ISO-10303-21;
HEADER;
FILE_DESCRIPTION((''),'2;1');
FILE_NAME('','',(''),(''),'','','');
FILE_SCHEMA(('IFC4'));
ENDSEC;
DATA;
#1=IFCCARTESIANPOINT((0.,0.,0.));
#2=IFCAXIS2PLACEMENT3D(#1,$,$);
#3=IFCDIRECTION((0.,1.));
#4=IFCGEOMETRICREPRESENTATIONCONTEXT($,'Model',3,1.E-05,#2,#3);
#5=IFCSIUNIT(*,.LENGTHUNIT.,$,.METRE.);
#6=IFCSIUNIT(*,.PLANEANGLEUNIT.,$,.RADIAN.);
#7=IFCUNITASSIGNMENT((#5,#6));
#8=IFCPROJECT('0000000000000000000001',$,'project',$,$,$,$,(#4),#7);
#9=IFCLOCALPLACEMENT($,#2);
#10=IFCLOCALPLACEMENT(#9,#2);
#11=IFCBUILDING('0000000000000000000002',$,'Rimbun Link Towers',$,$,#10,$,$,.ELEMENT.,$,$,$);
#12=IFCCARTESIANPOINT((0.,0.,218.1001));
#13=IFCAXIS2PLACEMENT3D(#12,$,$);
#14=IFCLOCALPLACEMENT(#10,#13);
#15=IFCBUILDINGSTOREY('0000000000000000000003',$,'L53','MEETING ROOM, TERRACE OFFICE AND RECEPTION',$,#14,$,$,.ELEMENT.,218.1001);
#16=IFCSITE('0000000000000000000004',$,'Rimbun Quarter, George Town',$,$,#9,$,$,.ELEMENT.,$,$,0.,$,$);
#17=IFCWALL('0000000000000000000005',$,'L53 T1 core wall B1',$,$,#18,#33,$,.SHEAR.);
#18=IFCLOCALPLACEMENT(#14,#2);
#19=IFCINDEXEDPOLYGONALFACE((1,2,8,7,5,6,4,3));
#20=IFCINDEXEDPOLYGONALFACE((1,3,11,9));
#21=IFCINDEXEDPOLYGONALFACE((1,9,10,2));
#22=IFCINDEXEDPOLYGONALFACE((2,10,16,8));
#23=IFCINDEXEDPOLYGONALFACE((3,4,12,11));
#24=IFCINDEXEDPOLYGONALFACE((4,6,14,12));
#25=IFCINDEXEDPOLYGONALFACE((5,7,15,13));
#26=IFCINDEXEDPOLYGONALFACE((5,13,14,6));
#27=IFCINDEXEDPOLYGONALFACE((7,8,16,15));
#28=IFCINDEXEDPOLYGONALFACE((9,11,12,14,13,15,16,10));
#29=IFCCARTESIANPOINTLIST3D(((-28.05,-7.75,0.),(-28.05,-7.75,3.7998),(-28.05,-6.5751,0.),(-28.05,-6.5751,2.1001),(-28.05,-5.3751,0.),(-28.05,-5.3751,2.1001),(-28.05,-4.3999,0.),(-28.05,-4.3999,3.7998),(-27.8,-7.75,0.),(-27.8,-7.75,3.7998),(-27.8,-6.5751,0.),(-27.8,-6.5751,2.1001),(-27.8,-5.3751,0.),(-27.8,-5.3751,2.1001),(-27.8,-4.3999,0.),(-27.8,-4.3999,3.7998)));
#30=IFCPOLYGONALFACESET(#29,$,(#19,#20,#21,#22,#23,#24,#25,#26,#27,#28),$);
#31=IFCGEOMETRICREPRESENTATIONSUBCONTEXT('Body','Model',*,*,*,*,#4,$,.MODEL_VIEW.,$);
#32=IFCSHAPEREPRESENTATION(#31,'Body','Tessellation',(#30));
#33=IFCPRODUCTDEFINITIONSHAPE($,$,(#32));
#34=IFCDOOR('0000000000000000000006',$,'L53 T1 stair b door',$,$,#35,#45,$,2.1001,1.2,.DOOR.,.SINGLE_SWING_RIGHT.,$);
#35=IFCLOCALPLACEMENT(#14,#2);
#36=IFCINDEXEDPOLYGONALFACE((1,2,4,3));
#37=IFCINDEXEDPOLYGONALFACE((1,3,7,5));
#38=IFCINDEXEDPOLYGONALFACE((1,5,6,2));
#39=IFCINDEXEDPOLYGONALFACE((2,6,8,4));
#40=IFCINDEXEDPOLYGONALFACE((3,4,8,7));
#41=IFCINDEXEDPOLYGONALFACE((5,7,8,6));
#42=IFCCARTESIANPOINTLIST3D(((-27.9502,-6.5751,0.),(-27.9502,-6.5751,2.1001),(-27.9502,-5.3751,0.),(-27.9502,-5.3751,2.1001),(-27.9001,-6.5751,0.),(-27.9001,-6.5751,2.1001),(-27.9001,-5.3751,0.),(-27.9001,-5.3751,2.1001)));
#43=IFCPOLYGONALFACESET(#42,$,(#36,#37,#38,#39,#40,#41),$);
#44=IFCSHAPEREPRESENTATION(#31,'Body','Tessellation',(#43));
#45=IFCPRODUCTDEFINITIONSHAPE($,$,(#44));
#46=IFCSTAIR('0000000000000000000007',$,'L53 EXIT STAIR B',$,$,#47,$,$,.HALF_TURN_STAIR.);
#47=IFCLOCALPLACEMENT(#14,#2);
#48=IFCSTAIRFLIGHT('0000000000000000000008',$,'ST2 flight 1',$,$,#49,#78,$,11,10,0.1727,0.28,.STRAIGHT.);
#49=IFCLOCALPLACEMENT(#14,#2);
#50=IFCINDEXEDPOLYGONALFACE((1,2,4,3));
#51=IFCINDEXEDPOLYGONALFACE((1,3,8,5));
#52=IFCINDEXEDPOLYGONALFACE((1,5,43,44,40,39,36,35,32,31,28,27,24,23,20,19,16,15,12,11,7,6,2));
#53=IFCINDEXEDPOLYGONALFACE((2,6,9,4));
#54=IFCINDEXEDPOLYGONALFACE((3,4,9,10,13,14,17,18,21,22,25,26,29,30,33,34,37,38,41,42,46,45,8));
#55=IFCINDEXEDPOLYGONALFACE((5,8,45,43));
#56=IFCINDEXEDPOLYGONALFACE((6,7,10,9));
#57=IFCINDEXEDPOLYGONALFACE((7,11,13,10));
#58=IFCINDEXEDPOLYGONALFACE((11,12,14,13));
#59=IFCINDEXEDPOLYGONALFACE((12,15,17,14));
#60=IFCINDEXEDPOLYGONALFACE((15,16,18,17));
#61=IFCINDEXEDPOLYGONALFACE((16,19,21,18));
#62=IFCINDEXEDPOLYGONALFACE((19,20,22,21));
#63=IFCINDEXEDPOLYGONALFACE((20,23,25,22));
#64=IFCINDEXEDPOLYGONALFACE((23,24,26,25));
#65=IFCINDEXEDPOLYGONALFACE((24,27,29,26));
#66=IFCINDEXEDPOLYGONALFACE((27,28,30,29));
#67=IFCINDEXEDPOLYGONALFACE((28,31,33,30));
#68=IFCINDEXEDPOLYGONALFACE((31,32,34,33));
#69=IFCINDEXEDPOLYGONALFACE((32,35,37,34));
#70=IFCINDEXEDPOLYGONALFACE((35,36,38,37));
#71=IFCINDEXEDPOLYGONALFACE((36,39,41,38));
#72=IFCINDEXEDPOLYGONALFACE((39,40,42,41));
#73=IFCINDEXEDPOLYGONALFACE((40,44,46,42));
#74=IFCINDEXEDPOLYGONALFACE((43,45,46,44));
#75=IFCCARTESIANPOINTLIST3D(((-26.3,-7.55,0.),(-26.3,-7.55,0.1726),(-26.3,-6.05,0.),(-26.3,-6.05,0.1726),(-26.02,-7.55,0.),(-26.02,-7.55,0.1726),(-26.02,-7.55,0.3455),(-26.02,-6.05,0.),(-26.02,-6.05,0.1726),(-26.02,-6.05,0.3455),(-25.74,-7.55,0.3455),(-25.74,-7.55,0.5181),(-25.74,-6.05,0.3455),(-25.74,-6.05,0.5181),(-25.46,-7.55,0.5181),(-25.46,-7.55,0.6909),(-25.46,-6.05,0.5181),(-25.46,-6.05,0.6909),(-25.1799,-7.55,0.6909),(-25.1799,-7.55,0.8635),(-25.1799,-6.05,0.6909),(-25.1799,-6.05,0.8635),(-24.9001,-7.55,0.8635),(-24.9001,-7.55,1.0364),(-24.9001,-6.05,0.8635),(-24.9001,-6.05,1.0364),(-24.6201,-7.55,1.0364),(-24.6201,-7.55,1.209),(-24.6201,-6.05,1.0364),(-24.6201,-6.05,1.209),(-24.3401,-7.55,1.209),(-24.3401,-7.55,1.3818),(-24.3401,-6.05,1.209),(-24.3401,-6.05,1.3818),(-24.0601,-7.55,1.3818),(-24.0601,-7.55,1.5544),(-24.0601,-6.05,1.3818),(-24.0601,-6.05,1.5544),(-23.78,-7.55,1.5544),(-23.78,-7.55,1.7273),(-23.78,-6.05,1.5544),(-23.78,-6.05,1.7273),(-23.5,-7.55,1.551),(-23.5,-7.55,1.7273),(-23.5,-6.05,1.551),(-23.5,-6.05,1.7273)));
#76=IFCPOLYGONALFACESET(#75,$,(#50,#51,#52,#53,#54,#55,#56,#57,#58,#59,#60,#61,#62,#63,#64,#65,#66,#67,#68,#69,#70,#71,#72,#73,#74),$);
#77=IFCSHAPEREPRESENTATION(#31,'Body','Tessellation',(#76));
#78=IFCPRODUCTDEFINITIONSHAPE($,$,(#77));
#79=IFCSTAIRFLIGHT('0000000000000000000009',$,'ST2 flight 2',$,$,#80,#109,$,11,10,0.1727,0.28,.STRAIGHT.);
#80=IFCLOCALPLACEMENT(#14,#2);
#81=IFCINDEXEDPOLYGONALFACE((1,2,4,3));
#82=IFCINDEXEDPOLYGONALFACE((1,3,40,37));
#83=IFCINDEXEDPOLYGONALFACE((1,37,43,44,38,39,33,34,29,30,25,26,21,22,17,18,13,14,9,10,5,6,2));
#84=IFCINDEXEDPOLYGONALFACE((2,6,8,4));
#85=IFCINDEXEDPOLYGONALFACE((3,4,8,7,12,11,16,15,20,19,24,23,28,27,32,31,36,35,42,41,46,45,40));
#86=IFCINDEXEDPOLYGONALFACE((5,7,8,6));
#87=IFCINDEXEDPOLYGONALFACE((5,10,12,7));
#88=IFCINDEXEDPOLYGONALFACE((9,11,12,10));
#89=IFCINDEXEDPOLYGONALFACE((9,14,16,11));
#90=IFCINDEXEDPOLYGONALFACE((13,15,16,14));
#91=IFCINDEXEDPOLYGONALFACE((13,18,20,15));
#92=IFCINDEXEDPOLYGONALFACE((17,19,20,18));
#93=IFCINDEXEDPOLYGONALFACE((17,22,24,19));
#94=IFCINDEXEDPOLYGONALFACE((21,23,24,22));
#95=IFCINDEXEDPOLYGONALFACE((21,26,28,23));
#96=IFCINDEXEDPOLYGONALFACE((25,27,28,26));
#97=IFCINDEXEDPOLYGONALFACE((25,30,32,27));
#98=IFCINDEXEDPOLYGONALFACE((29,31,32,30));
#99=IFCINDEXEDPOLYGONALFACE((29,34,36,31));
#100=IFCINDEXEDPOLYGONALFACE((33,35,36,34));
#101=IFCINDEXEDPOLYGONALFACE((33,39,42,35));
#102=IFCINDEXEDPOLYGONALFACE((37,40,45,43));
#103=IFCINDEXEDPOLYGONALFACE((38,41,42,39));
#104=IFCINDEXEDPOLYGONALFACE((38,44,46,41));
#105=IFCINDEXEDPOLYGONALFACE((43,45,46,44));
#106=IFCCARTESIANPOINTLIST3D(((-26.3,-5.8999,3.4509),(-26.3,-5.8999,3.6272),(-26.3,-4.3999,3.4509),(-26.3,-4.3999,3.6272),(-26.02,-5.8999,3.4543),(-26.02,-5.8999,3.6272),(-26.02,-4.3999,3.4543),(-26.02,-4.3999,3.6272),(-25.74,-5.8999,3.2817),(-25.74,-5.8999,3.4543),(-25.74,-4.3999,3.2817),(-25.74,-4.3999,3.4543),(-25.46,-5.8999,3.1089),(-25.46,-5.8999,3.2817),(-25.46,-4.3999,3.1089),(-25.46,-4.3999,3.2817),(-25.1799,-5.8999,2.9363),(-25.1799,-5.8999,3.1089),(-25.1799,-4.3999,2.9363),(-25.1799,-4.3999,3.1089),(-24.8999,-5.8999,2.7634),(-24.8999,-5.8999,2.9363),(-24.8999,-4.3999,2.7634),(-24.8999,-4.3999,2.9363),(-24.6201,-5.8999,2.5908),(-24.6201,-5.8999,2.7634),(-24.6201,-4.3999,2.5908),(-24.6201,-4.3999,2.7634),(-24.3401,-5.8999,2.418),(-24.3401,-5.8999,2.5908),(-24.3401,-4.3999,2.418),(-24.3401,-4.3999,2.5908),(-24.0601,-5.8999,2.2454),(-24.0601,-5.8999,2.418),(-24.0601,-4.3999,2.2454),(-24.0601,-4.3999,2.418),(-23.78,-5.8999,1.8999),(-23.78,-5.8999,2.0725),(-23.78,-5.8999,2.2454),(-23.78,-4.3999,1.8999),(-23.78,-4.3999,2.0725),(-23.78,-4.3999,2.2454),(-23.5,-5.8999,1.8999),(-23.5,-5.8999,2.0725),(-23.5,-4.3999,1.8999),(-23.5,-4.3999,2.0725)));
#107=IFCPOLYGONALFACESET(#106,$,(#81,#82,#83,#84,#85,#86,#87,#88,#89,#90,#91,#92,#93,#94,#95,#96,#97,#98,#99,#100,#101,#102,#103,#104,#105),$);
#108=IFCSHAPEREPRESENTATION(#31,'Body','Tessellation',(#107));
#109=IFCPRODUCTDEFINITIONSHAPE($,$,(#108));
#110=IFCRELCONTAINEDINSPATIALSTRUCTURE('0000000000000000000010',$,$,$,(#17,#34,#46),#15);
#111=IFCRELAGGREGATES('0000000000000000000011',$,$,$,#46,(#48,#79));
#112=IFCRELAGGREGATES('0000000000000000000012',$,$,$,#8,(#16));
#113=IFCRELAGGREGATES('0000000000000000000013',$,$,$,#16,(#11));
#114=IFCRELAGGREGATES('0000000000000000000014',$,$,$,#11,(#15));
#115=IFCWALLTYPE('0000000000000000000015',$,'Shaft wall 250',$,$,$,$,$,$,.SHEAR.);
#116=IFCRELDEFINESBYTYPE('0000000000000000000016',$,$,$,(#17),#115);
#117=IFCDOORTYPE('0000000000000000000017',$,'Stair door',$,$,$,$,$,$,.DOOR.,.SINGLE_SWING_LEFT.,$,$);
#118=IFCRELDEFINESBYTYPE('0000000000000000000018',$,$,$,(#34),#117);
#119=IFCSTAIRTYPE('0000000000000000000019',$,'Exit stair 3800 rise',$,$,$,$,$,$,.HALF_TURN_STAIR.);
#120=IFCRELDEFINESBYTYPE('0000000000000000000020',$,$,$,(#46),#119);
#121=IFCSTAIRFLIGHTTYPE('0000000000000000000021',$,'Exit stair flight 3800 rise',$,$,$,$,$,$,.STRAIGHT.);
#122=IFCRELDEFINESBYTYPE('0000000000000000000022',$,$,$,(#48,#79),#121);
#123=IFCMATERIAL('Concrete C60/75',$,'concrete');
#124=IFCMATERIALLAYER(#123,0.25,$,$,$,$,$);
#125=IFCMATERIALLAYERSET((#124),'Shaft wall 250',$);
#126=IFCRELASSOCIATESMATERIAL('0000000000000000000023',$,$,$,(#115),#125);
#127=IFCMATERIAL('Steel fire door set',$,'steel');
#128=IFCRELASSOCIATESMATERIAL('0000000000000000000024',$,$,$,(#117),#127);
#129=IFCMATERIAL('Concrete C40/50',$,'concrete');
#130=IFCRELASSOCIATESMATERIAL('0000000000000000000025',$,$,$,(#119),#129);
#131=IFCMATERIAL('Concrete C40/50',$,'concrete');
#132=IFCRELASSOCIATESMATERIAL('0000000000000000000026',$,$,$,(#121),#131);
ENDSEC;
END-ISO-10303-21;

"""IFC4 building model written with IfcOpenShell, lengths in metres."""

from ifc_helpers import new_model, si_unit, direction, frame, frame_2d, origin, place, context, subcontext, project, spatial, polyline, rectangle, outline, extrude, material, layer, layer_set, type_object, element, fill, aggregate, save


model = new_model("IFC4")

# Units and contexts
model_context = context("Model", 3, precision=1e-05, world=origin(), true_north=direction((0.0, 1.0)))
body_context = subcontext(model_context, "Body", "Model", "MODEL_VIEW")
ifc_project = project(units=[si_unit("LENGTHUNIT", "METRE"), si_unit("PLANEANGLEUNIT", "RADIAN")], contexts=[model_context])

# Site, building, storey
site_placement = place(None, origin())
site = spatial("IfcSite", under=ifc_project, at=site_placement, Name="Rimbun Quarter, George Town", CompositionType="ELEMENT", RefElevation=0.0)
building_placement = place(site_placement, origin())
building = spatial("IfcBuilding", under=site, at=building_placement, Name="Rimbun Link Towers", CompositionType="ELEMENT")
storey_placement = place(building_placement, frame((0.0, 0.0, 218.1001)))
storey = spatial("IfcBuildingStorey", under=building, at=storey_placement, Name="L53", Description="MEETING ROOM, TERRACE OFFICE AND RECEPTION", CompositionType="ELEMENT", Elevation=218.1001)

# Shared definitions
ifc_material_1 = material(Name="Concrete C60/75", Category="concrete")
ifc_layer_1 = layer(ifc_material_1, 0.25)
ifc_layer_set_1 = layer_set([ifc_layer_1], Name="Shaft wall 250")
wall_type_1 = type_object("IfcWallType", Name="Shaft wall 250", PredefinedType="SHEAR", material=ifc_layer_set_1)

# Wall, opening, door
wall_1_placement = place(storey_placement, frame((-27.925, -4.3999, 0.0), z_axis=(0.0, 0.0, 1.0), x_axis=(0.0, -1.0, 0.0)))
wall_1 = element("IfcWall", 1, at=wall_1_placement, inside=storey, type_object=wall_type_1, Name="L53 T1 core wall B1", PredefinedType="SHEAR", context=body_context, shape_type="SweptSolid", body=[
    extrude(rectangle(XDim=3.3501, YDim=0.25, at=frame_2d((1.675, 0.0))), origin(), (0.0, 0.0, 1.0), 3.7998),
])
opening_1_placement = place(wall_1_placement, frame((0.9751, 0.0, 0.0)))
opening_1 = element("IfcOpeningElement", 2, at=opening_1_placement, cuts=wall_1, PredefinedType="OPENING", context=body_context, shape_type="SweptSolid", body=[
    extrude(rectangle(XDim=1.2, YDim=2.1001, at=frame_2d((0.6001, 1.05))), frame((0.0, 0.135, 0.0), z_axis=(0.0, -1.0, 0.0), x_axis=(1.0, 0.0, 0.0)), (0.0, 0.0, 1.0), 0.27),
])
ifc_material_2 = material(Name="Steel fire door set", Category="steel")
door_type_1 = type_object("IfcDoorType", Name="Stair door", OperationType="SINGLE_SWING_LEFT", PredefinedType="DOOR", material=ifc_material_2)
door_1_placement = place(opening_1_placement, origin())
door_1 = element("IfcDoor", 3, at=door_1_placement, inside=storey, type_object=door_type_1, Name="L53 T1 stair b door", OperationType="SINGLE_SWING_RIGHT", OverallHeight=2.1001, OverallWidth=1.2, PredefinedType="DOOR", context=body_context, shape_type="SweptSolid", body=[
    extrude(rectangle(XDim=1.2, YDim=2.1001, at=frame_2d((0.6001, 1.05))), frame((0.0, 0.0249, 0.0), z_axis=(0.0, -1.0, 0.0), x_axis=(1.0, 0.0, 0.0)), (0.0, 0.0, 1.0), 0.05),
])
fill(opening_1, door_1)

# Stair, stair flights
ifc_material_3 = material(Name="Concrete C40/50", Category="concrete")
stair_type = type_object("IfcStairType", Name="Exit stair 3800 rise", PredefinedType="HALF_TURN_STAIR", material=ifc_material_3)
stair_placement = place(storey_placement, origin())
stair = element("IfcStair", 4, at=stair_placement, inside=storey, type_object=stair_type, Name="L53 EXIT STAIR B", PredefinedType="HALF_TURN_STAIR")
ifc_material_4 = material(Name="Concrete C40/50", Category="concrete")
stair_flight_type = type_object("IfcStairFlightType", Name="Exit stair flight 3800 rise", PredefinedType="STRAIGHT", material=ifc_material_4)
stair_flight_1_placement = place(storey_placement, frame((-26.3, -6.8, 0.0), z_axis=(0.0, 0.0, 1.0), x_axis=(1.0, 0.0, 0.0)))
stair_flight_1 = element("IfcStairFlight", 5, at=stair_flight_1_placement, type_object=stair_flight_type, Name="ST2 flight 1", NumberOfRisers=11, NumberOfTreads=10, PredefinedType="STRAIGHT", RiserHeight=0.1727, TreadLength=0.28, context=body_context, shape_type="SweptSolid", body=[
    extrude(outline(polyline([(0.0, 0.0), (0.0, 0.1726), (0.28, 0.1726), (0.28, 0.3455), (0.5601, 0.3455), (0.5601, 0.5181), (0.8401, 0.5181), (0.8401, 0.6909), (1.1201, 0.6909), (1.1201, 0.8635), (1.3999, 0.8635), (1.3999, 1.0364), (1.6799, 1.0364), (1.6799, 1.209), (1.96, 1.209), (1.96, 1.3818), (2.24, 1.3818), (2.24, 1.5544), (2.52, 1.5544), (2.52, 1.7273), (2.8, 1.7273), (2.8, 1.8999), (2.8, 1.551), (0.28, 0.0), (0.0, 0.0)])), frame((0.0, 0.75, 0.0), z_axis=(0.0, -1.0, 0.0), x_axis=(1.0, 0.0, 0.0)), (0.0, 0.0, 1.0), 1.5),
])
stair_flight_2_placement = place(storey_placement, frame((-23.5, -5.1499, 1.8999), z_axis=(0.0, 0.0, 1.0), x_axis=(-1.0, 0.0, 0.0)))
stair_flight_2 = element("IfcStairFlight", 6, at=stair_flight_2_placement, type_object=stair_flight_type, Name="ST2 flight 2", NumberOfRisers=11, NumberOfTreads=10, PredefinedType="STRAIGHT", RiserHeight=0.1727, TreadLength=0.28, context=body_context, shape_type="SweptSolid", body=[
    extrude(outline(polyline([(0.0, 0.0), (0.0, 0.1726), (0.28, 0.1726), (0.28, 0.3455), (0.5601, 0.3455), (0.5601, 0.5181), (0.8401, 0.5181), (0.8401, 0.6909), (1.1201, 0.6909), (1.1201, 0.8635), (1.3999, 0.8635), (1.3999, 1.0364), (1.6799, 1.0364), (1.6799, 1.209), (1.96, 1.209), (1.96, 1.3818), (2.24, 1.3818), (2.24, 1.5544), (2.52, 1.5544), (2.52, 1.7273), (2.8, 1.7273), (2.8, 1.8999), (2.8, 1.551), (0.28, 0.0), (0.0, 0.0)])), frame((0.0, 0.75, 0.0), z_axis=(0.0, -1.0, 0.0), x_axis=(1.0, 0.0, 0.0)), (0.0, 0.0, 1.0), 1.5),
])
aggregate(stair, [stair_flight_1, stair_flight_2])

save(model, "model.ifc")
